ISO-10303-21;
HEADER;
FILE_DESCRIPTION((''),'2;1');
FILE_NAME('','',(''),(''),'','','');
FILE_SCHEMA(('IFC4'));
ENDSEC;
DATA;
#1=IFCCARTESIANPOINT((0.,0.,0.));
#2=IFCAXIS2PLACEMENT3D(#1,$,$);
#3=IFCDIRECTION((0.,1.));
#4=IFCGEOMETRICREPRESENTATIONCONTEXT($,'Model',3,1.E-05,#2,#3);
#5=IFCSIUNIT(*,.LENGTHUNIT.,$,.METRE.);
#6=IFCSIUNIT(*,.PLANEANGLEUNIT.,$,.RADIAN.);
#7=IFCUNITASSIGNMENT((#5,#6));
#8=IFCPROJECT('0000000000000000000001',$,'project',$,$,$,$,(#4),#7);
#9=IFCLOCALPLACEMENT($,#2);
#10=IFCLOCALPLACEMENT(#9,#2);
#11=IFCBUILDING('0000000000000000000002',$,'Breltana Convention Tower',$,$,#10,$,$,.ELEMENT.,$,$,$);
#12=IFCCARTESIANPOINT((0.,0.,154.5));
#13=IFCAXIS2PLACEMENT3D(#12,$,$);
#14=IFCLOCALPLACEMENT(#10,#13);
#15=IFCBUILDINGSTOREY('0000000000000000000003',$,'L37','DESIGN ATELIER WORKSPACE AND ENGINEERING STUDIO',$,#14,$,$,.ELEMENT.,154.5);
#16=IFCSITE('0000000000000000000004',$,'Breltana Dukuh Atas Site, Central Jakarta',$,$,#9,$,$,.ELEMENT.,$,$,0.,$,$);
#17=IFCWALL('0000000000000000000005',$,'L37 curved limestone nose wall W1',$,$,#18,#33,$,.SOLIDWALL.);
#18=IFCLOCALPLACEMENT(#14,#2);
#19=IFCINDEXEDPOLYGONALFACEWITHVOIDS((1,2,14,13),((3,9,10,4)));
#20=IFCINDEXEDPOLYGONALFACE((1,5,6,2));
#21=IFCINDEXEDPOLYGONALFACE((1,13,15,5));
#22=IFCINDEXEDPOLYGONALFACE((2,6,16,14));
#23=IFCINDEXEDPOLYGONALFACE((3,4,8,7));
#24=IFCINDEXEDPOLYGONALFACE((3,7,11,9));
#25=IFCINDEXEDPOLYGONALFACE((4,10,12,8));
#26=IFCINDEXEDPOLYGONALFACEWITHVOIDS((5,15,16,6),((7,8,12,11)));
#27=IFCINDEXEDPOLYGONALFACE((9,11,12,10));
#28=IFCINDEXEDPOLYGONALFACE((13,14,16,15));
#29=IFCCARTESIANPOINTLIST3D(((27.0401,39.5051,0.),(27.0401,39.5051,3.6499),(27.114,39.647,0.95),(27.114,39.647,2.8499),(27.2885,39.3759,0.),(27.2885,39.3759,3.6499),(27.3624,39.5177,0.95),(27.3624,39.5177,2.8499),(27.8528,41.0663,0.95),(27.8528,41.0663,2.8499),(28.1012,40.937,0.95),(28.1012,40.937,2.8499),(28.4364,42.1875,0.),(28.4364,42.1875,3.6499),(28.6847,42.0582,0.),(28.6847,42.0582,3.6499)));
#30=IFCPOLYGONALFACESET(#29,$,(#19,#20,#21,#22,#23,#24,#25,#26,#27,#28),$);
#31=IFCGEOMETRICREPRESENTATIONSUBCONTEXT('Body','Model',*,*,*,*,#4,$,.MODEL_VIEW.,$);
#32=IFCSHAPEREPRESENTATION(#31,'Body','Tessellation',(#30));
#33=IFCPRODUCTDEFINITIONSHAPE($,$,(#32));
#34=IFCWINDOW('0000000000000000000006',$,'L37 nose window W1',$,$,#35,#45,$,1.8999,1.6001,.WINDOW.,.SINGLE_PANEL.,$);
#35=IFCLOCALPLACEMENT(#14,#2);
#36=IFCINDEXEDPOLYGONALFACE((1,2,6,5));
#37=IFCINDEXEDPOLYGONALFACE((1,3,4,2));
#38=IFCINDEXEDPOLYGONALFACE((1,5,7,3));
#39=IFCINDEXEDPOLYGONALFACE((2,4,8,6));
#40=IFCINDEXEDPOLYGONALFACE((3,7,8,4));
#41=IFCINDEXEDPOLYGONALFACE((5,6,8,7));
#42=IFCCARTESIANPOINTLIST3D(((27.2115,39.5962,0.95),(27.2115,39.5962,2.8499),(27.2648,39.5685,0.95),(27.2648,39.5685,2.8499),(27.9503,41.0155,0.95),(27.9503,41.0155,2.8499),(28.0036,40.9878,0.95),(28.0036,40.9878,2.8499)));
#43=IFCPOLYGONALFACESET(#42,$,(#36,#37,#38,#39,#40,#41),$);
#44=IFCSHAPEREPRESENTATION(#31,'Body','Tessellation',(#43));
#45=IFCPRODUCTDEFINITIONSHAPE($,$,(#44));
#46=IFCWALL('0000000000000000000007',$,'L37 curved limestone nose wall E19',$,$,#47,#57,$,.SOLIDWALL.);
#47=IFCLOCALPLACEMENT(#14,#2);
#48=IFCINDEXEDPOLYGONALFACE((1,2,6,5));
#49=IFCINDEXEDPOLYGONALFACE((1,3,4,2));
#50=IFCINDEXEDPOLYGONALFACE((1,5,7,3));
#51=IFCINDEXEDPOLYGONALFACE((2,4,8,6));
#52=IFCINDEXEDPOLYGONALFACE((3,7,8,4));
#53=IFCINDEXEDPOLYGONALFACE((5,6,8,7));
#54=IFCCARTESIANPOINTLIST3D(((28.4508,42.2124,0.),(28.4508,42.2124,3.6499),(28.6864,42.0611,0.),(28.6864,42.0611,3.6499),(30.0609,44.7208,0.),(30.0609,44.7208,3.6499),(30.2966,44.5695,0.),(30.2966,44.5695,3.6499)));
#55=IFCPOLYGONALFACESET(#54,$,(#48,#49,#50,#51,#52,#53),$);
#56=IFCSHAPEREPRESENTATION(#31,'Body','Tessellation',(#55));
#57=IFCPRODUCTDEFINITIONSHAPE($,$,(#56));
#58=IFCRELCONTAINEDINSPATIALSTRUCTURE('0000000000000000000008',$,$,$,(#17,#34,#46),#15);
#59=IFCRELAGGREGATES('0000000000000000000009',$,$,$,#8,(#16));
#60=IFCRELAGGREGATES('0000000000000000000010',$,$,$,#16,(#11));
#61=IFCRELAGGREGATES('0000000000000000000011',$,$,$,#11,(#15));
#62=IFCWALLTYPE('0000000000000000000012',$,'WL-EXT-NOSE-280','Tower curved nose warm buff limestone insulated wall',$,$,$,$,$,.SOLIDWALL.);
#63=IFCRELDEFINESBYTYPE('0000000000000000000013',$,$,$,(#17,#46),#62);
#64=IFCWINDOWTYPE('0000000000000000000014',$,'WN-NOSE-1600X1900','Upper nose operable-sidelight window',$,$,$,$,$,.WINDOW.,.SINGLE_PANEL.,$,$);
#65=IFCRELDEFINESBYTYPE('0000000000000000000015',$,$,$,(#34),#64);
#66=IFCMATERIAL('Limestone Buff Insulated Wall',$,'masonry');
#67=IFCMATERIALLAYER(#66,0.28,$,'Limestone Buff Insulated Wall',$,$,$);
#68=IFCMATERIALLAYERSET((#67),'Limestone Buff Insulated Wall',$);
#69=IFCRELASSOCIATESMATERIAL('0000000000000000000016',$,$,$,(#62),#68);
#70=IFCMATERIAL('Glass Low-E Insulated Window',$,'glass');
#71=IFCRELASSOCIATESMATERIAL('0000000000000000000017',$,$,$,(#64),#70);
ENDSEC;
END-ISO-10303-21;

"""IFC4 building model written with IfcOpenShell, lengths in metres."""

from ifc_helpers import new_model, si_unit, direction, frame, frame_2d, origin, place, context, subcontext, project, spatial, rectangle, extrude, source, transform, mapped, material, layer, layer_set, type_object, type_shapes, element, fill, save


model = new_model("IFC4")

# Units and contexts
model_context = context("Model", 3, precision=1e-05, world=origin(), true_north=direction((0.0, 1.0)))
body_context = subcontext(model_context, "Body", "Model", "MODEL_VIEW")
ifc_project = project(units=[si_unit("LENGTHUNIT", "METRE"), si_unit("PLANEANGLEUNIT", "RADIAN")], contexts=[model_context])

# Site, building, storey
site_placement = place(None, origin())
site = spatial("IfcSite", under=ifc_project, at=site_placement, Name="Breltana Dukuh Atas Site, Central Jakarta", CompositionType="ELEMENT", RefElevation=0.0)
building_placement = place(site_placement, origin())
building = spatial("IfcBuilding", under=site, at=building_placement, Name="Breltana Convention Tower", CompositionType="ELEMENT")
storey_placement = place(building_placement, frame((0.0, 0.0, 154.5)))
storey = spatial("IfcBuildingStorey", under=building, at=storey_placement, Name="L37", Description="DESIGN ATELIER WORKSPACE AND ENGINEERING STUDIO", CompositionType="ELEMENT", Elevation=154.5)

# Wall, opening, window
ifc_material_1 = material(Name="Limestone Buff Insulated Wall", Category="masonry")
ifc_layer_1 = layer(ifc_material_1, 0.28, Name="Limestone Buff Insulated Wall")
ifc_layer_set_1 = layer_set([ifc_layer_1], Name="Limestone Buff Insulated Wall")
wall_type = type_object("IfcWallType", Name="WL-EXT-NOSE-280", Description="Tower curved nose warm buff limestone insulated wall", PredefinedType="SOLIDWALL", material=ifc_layer_set_1)
ifc_material_2 = material(Name="Glass Low-E Insulated Window", Category="glass")
shared_shape_1 = source(origin(), body_context, "Body", "SweptSolid", [
    extrude(rectangle(XDim=3.0239, YDim=0.28, at=frame_2d((1.512, 0.0))), origin(), (0.0, 0.0, 1.0), 3.6499),
])
wall_1_placement = place(storey_placement, frame((28.5605, 42.1228, 0.0), z_axis=(0.0, 0.0, 1.0), x_axis=(-0.461719, -0.887026, 0.0)))
wall_1 = element("IfcWall", 1, at=wall_1_placement, inside=storey, type_object=wall_type, Name="L37 curved limestone nose wall W1", PredefinedType="SOLIDWALL", context=body_context, shape_type="MappedRepresentation", body=[
    mapped(shared_shape_1, transform((0.0, 0.0, 0.0), scale=1.0)),
])
opening_1_placement = place(wall_1_placement, frame((1.2639, 0.0, 0.95)))
opening_1 = element("IfcOpeningElement", 2, at=opening_1_placement, cuts=wall_1, PredefinedType="OPENING", context=body_context, shape_type="SweptSolid", body=[
    extrude(rectangle(XDim=1.6001, YDim=1.8999, at=frame_2d((0.8, 0.95))), frame((0.0, 0.1499, 0.0), z_axis=(0.0, -1.0, 0.0), x_axis=(1.0, 0.0, 0.0)), (0.0, 0.0, 1.0), 0.3),
])
window_type_1 = type_object("IfcWindowType", Name="WN-NOSE-1600X1900", Description="Upper nose operable-sidelight window", PartitioningType="SINGLE_PANEL", PredefinedType="WINDOW", material=ifc_material_2)
shared_shape_2 = source(origin(), body_context, "Body", "SweptSolid", [
    extrude(rectangle(XDim=1.6001, YDim=1.8999, at=frame_2d((0.8, 0.95))), frame((0.0, 0.03, 0.0), z_axis=(0.0, -1.0, 0.0), x_axis=(1.0, 0.0, 0.0)), (0.0, 0.0, 1.0), 0.0601),
])
type_shapes(window_type_1, [shared_shape_2])
window_1_placement = place(opening_1_placement, origin())
window_1 = element("IfcWindow", 3, at=window_1_placement, inside=storey, type_object=window_type_1, Name="L37 nose window W1", OverallHeight=1.8999, OverallWidth=1.6001, PartitioningType="SINGLE_PANEL", PredefinedType="WINDOW", context=body_context, shape_type="MappedRepresentation", body=[
    mapped(shared_shape_2, transform((0.0, 0.0, 0.0), scale=1.0)),
])
fill(opening_1, window_1)

# Wall
shared_shape_3 = source(origin(), body_context, "Body", "SweptSolid", [
    extrude(rectangle(XDim=2.9807, YDim=0.28, at=frame_2d((1.4902, 0.0))), origin(), (0.0, 0.0, 1.0), 3.6499),
])
wall_2_placement = place(storey_placement, frame((30.1787, 44.645, 0.0), z_axis=(0.0, 0.0, 1.0), x_axis=(-0.540194, -0.84154, 0.0)))
element("IfcWall", 4, at=wall_2_placement, inside=storey, type_object=wall_type, Name="L37 curved limestone nose wall E19", PredefinedType="SOLIDWALL", context=body_context, shape_type="MappedRepresentation", body=[
    mapped(shared_shape_3, transform((0.0, 0.0, 0.0), scale=1.0)),
])

save(model, "model.ifc")
